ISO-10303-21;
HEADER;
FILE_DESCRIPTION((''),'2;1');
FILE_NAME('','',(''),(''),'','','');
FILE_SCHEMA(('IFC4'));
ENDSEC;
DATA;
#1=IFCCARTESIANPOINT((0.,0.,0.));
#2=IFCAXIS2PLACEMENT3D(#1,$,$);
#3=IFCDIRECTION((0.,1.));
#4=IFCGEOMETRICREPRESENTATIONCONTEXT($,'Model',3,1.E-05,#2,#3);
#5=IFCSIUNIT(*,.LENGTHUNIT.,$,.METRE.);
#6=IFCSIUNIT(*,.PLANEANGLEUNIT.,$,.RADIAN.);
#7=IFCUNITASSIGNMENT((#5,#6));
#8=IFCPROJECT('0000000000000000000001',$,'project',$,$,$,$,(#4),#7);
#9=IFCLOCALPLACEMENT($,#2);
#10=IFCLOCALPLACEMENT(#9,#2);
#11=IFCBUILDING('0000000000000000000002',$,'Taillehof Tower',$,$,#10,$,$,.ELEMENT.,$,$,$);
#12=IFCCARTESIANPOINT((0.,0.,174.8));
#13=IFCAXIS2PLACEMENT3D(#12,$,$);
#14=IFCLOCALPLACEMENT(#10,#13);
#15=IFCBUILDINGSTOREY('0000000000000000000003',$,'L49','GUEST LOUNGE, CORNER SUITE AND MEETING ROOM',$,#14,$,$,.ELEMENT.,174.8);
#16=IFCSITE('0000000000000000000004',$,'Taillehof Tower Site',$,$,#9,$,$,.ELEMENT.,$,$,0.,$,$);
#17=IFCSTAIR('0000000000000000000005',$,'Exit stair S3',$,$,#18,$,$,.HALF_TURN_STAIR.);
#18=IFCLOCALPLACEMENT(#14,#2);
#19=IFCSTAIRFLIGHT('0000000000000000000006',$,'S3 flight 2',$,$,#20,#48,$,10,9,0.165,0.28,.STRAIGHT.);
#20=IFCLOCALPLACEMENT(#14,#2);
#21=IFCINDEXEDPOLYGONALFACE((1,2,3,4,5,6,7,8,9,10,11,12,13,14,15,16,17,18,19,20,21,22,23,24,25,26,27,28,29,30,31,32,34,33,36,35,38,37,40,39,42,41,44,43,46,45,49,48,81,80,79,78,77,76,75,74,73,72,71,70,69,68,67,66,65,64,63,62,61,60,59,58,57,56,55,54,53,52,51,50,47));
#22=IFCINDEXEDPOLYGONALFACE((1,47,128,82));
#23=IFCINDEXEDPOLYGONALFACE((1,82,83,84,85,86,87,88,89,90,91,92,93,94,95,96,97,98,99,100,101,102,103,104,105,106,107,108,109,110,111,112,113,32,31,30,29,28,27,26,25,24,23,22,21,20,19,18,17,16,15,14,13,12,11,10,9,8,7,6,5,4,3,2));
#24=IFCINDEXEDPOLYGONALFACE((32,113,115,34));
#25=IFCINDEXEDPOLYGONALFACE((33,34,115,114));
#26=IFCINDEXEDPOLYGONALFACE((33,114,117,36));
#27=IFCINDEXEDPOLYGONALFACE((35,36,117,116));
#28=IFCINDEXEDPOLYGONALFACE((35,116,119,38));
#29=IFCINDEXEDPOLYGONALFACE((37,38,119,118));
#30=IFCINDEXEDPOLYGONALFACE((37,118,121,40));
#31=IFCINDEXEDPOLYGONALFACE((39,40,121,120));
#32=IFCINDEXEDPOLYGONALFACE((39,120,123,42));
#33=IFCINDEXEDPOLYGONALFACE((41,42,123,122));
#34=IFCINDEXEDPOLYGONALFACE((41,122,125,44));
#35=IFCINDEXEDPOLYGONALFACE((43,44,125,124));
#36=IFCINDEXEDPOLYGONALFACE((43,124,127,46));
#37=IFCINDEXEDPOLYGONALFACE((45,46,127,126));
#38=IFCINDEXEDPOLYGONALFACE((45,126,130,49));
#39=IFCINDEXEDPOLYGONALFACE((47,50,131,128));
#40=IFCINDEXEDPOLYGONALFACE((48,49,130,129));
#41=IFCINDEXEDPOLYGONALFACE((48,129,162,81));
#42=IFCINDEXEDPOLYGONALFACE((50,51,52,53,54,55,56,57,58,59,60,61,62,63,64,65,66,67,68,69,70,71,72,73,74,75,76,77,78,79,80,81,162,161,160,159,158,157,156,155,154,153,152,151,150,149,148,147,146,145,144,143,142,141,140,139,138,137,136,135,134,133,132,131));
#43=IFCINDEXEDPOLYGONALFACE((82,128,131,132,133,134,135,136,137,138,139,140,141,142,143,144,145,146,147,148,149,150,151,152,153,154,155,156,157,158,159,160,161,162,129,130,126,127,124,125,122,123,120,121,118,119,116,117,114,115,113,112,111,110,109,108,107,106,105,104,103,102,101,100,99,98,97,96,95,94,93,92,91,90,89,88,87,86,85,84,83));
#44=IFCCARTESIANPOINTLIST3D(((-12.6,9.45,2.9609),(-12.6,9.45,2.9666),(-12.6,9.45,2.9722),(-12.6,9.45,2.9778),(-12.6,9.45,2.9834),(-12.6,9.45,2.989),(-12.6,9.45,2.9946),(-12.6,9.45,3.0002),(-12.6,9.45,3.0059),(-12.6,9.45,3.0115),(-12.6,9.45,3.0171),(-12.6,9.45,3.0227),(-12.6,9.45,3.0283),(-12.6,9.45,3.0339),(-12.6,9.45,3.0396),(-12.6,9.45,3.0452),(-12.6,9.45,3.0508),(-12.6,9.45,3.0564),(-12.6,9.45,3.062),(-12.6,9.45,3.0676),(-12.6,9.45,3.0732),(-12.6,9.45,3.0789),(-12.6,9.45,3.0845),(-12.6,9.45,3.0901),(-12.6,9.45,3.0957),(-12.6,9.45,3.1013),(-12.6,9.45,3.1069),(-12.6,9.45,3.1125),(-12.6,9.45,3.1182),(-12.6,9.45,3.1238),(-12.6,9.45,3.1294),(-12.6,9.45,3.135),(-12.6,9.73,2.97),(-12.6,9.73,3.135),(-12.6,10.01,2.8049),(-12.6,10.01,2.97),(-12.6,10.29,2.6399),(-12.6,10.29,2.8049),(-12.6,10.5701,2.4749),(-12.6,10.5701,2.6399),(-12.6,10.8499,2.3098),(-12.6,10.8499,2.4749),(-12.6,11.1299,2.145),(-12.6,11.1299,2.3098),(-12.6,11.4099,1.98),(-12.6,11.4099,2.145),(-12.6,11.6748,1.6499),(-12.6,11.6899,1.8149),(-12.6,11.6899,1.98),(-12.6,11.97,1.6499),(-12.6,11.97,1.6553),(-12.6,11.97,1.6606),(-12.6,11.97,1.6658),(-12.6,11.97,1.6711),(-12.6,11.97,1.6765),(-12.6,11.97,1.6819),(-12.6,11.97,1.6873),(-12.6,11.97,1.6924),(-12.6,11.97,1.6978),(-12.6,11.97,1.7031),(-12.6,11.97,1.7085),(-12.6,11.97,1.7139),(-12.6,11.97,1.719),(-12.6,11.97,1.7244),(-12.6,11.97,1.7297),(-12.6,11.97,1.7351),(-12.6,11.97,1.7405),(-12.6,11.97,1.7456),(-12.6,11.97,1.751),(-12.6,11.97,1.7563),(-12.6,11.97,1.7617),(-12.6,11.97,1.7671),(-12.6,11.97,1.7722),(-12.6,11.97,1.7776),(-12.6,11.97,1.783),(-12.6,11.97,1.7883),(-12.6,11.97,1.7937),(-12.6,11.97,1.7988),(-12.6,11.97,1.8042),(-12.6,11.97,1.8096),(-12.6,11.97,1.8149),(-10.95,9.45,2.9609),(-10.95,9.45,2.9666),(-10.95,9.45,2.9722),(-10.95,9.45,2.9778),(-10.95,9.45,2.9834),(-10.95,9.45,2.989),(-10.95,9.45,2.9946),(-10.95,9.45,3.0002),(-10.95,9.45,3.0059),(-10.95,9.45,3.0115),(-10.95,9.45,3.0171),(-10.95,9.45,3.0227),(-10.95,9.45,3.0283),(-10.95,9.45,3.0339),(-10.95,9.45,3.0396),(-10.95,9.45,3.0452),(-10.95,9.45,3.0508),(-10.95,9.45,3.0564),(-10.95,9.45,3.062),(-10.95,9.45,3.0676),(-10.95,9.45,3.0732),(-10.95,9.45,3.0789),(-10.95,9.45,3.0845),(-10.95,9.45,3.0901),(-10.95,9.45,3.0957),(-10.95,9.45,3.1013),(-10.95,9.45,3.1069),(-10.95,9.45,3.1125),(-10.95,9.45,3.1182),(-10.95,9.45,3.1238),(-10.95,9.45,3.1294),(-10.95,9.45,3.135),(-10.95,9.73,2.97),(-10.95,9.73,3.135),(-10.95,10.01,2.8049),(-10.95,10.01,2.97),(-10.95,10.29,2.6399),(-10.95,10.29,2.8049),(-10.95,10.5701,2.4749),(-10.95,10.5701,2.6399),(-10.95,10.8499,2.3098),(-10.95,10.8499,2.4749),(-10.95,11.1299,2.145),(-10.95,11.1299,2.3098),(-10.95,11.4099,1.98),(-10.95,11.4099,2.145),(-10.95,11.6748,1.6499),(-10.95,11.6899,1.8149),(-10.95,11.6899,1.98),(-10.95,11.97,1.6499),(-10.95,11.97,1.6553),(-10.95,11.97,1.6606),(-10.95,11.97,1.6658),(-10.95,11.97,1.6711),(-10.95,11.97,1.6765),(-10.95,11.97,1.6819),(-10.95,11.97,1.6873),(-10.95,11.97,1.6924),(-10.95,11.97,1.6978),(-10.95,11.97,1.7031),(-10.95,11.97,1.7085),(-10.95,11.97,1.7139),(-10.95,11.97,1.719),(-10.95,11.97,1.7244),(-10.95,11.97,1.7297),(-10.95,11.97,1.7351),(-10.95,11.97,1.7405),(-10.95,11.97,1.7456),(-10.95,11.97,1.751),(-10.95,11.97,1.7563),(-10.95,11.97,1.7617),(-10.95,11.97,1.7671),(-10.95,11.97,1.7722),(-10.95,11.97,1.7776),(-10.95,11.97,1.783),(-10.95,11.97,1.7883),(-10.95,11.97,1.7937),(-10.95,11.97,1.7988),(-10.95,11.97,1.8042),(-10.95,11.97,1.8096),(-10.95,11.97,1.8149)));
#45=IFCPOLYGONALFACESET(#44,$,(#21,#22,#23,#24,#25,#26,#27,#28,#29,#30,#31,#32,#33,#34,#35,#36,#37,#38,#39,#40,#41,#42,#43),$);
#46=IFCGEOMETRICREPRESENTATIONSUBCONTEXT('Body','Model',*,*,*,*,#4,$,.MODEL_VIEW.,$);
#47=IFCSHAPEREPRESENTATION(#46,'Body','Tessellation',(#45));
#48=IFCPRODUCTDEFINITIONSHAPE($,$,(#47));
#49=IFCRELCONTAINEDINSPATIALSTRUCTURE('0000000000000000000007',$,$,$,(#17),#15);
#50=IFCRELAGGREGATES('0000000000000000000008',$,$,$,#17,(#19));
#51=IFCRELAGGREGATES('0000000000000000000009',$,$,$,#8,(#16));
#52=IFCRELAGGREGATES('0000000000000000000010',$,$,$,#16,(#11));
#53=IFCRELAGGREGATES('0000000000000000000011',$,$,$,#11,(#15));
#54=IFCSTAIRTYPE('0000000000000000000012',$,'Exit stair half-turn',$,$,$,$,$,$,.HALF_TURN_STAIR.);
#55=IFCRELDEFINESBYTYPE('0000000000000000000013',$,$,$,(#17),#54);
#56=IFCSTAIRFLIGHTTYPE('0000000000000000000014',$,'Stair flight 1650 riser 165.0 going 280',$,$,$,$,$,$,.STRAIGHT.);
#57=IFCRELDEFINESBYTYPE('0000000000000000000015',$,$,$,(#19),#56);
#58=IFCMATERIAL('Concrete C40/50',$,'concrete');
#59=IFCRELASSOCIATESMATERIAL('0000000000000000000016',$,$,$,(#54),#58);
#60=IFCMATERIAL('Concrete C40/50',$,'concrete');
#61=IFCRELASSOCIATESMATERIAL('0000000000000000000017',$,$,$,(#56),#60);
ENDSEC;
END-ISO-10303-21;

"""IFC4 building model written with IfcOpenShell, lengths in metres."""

from ifc_helpers import new_model, si_unit, direction, frame, origin, place, context, subcontext, project, spatial, polyline, outline, extrude, material, type_object, element, aggregate, save


model = new_model("IFC4")

# Units and contexts
model_context = context("Model", 3, precision=1e-05, world=origin(), true_north=direction((0.0, 1.0)))
body_context = subcontext(model_context, "Body", "Model", "MODEL_VIEW")
ifc_project = project(units=[si_unit("LENGTHUNIT", "METRE"), si_unit("PLANEANGLEUNIT", "RADIAN")], contexts=[model_context])

# Site, building, storey
site_placement = place(None, origin())
site = spatial("IfcSite", under=ifc_project, at=site_placement, Name="Taillehof Tower Site", CompositionType="ELEMENT", RefElevation=0.0)
building_placement = place(site_placement, origin())
building = spatial("IfcBuilding", under=site, at=building_placement, Name="Taillehof Tower", CompositionType="ELEMENT")
storey_placement = place(building_placement, frame((0.0, 0.0, 174.8)))
storey = spatial("IfcBuildingStorey", under=building, at=storey_placement, Name="L49", Description="GUEST LOUNGE, CORNER SUITE AND MEETING ROOM", CompositionType="ELEMENT", Elevation=174.8)

# Stair, stair flight
ifc_material_1 = material(Name="Concrete C40/50", Category="concrete")
stair_type = type_object("IfcStairType", Name="Exit stair half-turn", PredefinedType="HALF_TURN_STAIR", material=ifc_material_1)
stair_placement = place(storey_placement, origin())
stair = element("IfcStair", 1, at=stair_placement, inside=storey, type_object=stair_type, Name="Exit stair S3", PredefinedType="HALF_TURN_STAIR")
ifc_material_2 = material(Name="Concrete C40/50", Category="concrete")
stair_flight_type = type_object("IfcStairFlightType", Name="Stair flight 1650 riser 165.0 going 280", PredefinedType="STRAIGHT", material=ifc_material_2)
stair_flight_placement = place(storey_placement, frame((-11.7749, 11.97, 1.6499), z_axis=(0.0, 0.0, 1.0), x_axis=(0.0, -1.0, 0.0)))
stair_flight = element("IfcStairFlight", 2, at=stair_flight_placement, type_object=stair_flight_type, Name="S3 flight 2", NumberOfRisers=10, NumberOfTreads=9, PredefinedType="STRAIGHT", RiserHeight=0.165, TreadLength=0.28, context=body_context, shape_type="SweptSolid", body=[
    extrude(outline(polyline([(0.0, 0.0), (0.0, 0.0054), (0.0, 0.0107), (0.0, 0.0159), (0.0, 0.0212), (0.0, 0.0266), (0.0, 0.032), (0.0, 0.0374), (0.0, 0.0425), (0.0, 0.0479), (0.0, 0.0532), (0.0, 0.0586), (0.0, 0.064), (0.0, 0.0691), (0.0, 0.0745), (0.0, 0.0798), (0.0, 0.0852), (0.0, 0.0906), (0.0, 0.0957), (0.0, 0.1011), (0.0, 0.1064), (0.0, 0.1118), (0.0, 0.1172), (0.0, 0.1223), (0.0, 0.1277), (0.0, 0.1331), (0.0, 0.1384), (0.0, 0.1438), (0.0, 0.1489), (0.0, 0.1543), (0.0, 0.1597), (0.0, 0.165), (0.28, 0.165), (0.28, 0.3301), (0.5601, 0.3301), (0.5601, 0.4951), (0.8401, 0.4951), (0.8401, 0.6599), (1.1201, 0.6599), (1.1201, 0.825), (1.3999, 0.825), (1.3999, 0.99), (1.6799, 0.99), (1.6799, 1.155), (1.96, 1.155), (1.96, 1.3201), (2.24, 1.3201), (2.24, 1.4851), (2.52, 1.4851), (2.52, 1.4795), (2.52, 1.4739), (2.52, 1.4683), (2.52, 1.4626), (2.52, 1.457), (2.52, 1.4514), (2.52, 1.4458), (2.52, 1.4402), (2.52, 1.4346), (2.52, 1.429), (2.52, 1.4233), (2.52, 1.4177), (2.52, 1.4121), (2.52, 1.4065), (2.52, 1.4009), (2.52, 1.3953), (2.52, 1.3896), (2.52, 1.384), (2.52, 1.3784), (2.52, 1.3728), (2.52, 1.3672), (2.52, 1.3616), (2.52, 1.356), (2.52, 1.3503), (2.52, 1.3447), (2.52, 1.3391), (2.52, 1.3335), (2.52, 1.3279), (2.52, 1.3223), (2.52, 1.3167), (2.52, 1.311), (0.2952, 0.0), (0.0, 0.0)])), frame((0.0, 0.825, 0.0), z_axis=(0.0, -1.0, 0.0), x_axis=(1.0, 0.0, 0.0)), (0.0, 0.0, 1.0), 1.65),
])
aggregate(stair, [stair_flight])

save(model, "model.ifc")
